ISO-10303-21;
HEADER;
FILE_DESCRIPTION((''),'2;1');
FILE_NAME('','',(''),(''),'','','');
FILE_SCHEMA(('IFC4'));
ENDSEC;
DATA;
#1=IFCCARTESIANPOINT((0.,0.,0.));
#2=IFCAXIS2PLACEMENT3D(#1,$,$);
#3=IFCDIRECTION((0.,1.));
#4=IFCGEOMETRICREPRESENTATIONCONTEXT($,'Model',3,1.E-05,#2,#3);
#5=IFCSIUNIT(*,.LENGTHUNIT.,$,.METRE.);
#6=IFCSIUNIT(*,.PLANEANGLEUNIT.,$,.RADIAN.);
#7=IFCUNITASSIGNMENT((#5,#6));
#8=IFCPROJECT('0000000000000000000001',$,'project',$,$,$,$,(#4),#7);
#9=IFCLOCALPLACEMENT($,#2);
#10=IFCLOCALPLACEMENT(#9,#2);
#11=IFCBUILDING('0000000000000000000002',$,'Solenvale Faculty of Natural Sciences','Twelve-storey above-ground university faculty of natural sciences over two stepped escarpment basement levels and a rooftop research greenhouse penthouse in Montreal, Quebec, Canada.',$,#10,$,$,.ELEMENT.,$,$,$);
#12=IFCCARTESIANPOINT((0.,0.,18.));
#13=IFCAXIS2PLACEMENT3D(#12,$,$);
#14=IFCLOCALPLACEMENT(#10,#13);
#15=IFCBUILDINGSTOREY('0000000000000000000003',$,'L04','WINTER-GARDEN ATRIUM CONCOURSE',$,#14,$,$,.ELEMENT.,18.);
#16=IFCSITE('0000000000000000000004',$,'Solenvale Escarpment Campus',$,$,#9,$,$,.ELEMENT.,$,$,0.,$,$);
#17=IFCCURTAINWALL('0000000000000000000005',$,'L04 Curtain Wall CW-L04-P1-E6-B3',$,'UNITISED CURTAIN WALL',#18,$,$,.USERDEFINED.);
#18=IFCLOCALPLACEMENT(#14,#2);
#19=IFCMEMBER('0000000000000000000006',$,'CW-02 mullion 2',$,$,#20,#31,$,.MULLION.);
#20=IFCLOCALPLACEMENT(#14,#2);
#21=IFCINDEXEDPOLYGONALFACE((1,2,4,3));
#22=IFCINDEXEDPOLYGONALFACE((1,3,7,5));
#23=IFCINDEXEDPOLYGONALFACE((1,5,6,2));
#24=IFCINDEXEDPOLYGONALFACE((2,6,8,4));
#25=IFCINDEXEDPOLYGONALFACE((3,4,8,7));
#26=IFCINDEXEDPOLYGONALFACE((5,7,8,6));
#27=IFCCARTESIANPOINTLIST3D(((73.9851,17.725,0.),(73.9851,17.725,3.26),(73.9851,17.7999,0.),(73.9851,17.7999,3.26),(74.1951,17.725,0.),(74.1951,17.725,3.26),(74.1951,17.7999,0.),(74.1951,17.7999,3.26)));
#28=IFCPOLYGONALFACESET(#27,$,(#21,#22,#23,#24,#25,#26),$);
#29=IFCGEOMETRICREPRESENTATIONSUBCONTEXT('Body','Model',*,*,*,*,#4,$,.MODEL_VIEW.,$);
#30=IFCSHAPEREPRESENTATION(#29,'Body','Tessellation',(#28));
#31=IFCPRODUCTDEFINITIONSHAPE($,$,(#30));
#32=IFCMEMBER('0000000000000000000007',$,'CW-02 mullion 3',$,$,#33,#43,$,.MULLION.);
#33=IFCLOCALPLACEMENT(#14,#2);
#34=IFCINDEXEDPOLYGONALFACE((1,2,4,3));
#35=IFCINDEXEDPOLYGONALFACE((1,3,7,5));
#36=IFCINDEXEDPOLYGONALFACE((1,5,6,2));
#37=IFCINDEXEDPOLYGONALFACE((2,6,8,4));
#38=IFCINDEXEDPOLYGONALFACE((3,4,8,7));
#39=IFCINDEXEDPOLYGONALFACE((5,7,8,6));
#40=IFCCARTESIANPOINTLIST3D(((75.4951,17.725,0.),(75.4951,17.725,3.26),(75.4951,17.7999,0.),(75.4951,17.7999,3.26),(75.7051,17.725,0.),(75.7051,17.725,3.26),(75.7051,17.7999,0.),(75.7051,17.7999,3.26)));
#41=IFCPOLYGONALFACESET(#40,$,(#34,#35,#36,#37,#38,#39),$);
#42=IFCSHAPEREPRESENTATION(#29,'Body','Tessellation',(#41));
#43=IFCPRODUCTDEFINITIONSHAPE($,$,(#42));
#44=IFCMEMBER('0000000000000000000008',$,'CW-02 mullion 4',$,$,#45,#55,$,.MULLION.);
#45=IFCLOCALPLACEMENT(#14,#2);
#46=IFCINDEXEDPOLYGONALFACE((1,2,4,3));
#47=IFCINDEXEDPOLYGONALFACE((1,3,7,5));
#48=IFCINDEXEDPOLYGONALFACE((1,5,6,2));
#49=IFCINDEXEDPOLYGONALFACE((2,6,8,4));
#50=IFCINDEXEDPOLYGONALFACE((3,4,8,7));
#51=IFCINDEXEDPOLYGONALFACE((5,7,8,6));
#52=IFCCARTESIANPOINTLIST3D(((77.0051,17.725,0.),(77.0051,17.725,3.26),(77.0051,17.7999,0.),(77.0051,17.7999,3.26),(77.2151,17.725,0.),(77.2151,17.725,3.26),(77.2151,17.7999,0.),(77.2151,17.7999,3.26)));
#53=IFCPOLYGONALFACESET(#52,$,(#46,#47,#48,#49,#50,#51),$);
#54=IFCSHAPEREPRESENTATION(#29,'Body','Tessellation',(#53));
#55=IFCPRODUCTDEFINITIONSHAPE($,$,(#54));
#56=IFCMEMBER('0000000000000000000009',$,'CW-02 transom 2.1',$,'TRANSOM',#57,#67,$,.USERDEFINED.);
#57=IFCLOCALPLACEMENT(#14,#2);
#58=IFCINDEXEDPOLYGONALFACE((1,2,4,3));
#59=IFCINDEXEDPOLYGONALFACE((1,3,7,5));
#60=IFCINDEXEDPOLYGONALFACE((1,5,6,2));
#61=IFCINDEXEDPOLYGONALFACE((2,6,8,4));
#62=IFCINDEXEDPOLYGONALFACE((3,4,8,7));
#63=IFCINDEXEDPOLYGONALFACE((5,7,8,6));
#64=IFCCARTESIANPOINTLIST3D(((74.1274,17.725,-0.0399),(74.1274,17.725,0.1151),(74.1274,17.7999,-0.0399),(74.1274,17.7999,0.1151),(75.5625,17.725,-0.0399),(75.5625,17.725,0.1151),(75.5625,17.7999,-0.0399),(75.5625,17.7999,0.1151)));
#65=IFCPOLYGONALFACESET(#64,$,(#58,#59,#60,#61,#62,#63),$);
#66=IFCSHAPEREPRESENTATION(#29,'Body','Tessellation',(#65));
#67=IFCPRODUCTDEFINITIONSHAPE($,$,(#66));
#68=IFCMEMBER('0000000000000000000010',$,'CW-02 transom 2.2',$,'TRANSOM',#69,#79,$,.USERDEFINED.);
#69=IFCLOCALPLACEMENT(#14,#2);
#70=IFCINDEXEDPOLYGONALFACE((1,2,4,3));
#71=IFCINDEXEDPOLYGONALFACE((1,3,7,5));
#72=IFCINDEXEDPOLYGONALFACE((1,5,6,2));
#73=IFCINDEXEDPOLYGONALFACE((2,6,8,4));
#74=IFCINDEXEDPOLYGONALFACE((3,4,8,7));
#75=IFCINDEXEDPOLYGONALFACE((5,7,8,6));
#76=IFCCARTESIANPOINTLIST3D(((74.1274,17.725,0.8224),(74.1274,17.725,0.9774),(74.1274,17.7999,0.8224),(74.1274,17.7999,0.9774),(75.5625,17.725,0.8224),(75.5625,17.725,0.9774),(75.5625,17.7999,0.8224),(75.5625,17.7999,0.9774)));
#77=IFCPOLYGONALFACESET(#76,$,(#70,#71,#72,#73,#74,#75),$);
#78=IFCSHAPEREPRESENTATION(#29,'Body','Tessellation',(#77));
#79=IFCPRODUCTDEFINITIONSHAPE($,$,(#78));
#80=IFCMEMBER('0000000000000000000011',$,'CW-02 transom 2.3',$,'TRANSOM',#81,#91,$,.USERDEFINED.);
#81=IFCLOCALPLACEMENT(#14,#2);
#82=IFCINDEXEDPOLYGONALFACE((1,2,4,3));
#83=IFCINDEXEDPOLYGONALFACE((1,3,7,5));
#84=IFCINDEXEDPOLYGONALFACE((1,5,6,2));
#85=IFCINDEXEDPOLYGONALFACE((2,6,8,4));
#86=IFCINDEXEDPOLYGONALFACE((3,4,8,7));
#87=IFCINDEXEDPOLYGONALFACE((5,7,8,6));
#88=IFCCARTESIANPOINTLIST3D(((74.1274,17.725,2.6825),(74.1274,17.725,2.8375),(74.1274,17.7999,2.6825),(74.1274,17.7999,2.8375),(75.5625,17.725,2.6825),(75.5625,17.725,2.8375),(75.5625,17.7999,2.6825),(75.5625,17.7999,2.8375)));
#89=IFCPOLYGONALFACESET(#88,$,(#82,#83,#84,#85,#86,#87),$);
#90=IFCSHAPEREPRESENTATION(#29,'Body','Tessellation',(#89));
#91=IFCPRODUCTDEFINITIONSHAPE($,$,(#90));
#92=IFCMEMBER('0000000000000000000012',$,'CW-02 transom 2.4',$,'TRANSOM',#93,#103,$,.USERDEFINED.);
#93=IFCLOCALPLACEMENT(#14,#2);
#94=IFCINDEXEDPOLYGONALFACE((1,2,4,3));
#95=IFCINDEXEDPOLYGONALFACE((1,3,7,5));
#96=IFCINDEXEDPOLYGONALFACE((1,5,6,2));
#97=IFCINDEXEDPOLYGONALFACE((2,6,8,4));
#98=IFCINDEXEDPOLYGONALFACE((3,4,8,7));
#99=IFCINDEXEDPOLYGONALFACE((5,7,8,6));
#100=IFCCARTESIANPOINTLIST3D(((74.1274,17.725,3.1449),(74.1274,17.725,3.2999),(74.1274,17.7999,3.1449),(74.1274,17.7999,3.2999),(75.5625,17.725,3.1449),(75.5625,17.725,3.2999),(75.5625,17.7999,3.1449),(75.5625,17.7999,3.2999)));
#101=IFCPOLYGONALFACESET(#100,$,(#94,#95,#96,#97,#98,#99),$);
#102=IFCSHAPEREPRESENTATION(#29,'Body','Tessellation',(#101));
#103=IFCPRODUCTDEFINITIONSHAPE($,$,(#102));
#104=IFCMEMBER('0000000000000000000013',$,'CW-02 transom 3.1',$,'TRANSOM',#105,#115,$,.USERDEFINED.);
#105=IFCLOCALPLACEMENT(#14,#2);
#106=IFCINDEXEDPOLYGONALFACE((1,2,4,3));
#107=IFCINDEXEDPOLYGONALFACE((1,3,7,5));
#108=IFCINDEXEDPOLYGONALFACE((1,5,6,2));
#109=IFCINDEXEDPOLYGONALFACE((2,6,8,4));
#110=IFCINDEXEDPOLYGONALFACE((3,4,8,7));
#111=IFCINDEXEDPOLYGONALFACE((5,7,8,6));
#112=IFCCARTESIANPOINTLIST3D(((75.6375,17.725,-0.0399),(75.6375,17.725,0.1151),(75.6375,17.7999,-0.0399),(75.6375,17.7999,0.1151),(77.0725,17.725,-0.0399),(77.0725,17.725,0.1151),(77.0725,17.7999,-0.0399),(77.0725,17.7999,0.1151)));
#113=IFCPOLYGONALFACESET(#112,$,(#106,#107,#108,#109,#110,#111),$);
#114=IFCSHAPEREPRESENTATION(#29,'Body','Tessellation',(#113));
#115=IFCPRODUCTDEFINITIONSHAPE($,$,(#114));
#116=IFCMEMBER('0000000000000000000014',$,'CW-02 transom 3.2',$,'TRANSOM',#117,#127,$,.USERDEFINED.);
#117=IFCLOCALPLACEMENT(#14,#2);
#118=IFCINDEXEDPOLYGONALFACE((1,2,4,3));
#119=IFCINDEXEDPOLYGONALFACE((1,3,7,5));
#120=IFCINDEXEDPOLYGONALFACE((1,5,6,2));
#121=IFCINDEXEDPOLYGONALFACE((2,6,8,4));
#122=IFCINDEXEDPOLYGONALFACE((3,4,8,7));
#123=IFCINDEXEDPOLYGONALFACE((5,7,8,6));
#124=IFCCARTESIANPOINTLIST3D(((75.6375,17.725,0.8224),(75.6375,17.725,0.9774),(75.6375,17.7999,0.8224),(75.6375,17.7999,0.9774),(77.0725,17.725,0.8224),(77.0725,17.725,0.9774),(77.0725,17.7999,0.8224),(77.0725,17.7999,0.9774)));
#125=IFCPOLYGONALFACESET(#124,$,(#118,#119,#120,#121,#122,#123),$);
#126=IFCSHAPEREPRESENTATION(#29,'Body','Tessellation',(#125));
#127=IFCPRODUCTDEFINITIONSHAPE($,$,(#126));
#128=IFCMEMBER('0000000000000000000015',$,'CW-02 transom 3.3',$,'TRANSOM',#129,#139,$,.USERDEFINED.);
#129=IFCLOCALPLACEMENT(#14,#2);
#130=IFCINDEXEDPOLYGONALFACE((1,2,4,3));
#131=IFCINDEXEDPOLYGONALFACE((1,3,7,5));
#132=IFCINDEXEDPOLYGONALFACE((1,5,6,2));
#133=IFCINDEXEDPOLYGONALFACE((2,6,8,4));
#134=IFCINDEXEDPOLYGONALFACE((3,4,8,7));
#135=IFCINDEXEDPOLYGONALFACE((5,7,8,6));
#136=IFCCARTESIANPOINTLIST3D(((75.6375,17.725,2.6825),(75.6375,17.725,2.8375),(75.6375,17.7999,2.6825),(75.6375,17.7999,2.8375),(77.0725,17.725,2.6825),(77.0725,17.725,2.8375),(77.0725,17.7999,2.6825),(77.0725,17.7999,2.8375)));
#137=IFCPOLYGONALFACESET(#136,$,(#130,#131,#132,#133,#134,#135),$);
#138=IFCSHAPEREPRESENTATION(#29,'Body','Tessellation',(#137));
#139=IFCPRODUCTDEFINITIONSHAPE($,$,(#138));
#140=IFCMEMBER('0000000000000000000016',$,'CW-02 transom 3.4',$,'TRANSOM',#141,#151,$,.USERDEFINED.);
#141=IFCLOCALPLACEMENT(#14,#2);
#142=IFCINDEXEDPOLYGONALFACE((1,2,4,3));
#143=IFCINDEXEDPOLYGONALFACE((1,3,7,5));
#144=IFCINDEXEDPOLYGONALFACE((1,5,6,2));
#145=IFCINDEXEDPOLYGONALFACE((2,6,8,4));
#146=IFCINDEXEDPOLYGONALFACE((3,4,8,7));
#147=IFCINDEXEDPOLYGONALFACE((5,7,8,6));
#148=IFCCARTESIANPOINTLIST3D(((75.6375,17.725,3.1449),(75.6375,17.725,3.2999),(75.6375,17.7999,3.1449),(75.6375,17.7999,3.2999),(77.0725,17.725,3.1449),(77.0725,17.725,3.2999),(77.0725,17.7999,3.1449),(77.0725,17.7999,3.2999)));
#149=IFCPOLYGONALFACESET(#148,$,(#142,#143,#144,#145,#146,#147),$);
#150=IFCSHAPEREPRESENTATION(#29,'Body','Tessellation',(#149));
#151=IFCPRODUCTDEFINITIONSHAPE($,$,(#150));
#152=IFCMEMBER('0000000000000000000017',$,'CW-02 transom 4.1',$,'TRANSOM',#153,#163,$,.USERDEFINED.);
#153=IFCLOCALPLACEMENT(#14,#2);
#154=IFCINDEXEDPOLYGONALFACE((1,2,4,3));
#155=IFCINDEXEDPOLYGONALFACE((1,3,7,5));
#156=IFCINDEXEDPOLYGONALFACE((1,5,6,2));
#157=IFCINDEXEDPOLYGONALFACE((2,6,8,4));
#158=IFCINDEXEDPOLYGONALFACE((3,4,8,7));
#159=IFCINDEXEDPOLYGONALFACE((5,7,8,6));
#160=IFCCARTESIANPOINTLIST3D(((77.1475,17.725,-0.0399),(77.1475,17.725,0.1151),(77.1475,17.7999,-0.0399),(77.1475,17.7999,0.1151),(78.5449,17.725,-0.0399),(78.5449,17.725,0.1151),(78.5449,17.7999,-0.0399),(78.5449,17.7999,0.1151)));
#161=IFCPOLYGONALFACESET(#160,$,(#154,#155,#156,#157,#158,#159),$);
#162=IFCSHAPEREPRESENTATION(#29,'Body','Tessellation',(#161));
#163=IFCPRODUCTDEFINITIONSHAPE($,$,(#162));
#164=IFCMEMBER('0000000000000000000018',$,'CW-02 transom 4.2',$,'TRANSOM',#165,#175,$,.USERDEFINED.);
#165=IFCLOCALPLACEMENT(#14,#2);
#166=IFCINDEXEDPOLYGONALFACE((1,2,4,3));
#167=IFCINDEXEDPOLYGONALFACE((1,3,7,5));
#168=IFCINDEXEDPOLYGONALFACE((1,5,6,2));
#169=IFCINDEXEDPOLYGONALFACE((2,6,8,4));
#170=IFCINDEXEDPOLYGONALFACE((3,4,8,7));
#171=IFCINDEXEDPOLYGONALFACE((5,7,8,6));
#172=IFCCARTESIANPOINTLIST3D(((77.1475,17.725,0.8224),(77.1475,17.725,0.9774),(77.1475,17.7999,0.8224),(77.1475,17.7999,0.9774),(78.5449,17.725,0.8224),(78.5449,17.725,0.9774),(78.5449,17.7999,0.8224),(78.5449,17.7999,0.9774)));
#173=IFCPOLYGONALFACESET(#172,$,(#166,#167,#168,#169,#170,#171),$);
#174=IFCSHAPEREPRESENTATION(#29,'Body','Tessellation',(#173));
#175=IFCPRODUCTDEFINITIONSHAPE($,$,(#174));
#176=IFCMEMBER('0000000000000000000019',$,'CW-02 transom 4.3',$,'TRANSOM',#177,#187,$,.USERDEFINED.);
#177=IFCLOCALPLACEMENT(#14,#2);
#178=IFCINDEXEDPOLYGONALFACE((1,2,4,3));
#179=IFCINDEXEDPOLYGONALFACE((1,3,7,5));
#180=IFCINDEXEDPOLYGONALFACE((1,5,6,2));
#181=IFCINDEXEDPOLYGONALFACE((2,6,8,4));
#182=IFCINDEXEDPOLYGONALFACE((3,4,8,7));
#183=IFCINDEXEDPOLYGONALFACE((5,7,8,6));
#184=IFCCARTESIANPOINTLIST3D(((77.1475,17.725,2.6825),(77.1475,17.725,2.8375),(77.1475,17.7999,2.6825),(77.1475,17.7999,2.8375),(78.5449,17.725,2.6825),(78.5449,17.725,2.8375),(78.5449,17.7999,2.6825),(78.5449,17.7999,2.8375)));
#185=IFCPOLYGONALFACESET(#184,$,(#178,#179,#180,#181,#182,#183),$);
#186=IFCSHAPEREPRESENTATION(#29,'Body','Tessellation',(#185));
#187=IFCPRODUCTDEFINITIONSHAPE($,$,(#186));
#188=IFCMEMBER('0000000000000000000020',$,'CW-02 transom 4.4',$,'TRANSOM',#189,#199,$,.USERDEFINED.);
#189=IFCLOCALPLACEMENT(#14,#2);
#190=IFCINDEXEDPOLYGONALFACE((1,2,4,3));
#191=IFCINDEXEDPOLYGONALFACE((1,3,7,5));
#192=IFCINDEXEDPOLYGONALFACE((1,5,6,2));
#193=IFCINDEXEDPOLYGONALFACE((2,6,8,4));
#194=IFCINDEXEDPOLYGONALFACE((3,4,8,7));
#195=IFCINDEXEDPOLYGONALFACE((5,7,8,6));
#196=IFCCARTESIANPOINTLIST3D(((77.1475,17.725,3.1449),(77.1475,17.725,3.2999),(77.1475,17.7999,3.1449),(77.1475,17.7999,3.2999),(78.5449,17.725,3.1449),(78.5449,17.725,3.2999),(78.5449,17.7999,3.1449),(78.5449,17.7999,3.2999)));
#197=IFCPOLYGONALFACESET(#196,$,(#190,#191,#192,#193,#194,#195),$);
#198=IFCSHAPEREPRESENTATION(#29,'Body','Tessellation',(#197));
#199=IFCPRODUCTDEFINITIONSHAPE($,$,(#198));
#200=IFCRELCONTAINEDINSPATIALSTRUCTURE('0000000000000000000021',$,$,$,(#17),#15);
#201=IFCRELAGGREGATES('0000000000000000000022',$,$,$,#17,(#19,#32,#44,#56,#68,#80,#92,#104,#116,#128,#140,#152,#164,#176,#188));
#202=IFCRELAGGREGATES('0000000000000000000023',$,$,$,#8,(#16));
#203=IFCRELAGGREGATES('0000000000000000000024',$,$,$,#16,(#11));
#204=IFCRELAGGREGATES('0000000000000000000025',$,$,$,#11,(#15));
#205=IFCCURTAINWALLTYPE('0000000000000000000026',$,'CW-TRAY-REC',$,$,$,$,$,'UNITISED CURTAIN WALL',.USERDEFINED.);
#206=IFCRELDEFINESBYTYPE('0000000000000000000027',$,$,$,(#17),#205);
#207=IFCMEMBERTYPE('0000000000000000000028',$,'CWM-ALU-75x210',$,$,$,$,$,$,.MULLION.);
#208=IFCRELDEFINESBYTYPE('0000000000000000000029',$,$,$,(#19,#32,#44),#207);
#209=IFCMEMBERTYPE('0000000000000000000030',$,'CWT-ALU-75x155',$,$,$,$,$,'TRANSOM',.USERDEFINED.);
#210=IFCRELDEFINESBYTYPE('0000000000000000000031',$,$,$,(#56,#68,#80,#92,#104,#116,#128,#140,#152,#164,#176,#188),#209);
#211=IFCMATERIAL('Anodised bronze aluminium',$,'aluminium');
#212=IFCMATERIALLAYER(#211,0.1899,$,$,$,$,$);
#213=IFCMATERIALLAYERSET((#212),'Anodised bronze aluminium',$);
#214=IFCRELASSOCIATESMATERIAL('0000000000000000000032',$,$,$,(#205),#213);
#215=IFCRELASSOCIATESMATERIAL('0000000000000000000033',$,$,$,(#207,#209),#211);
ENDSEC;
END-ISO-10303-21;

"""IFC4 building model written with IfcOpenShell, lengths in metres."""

from ifc_helpers import new_model, si_unit, direction, frame, origin, origin_2d, place, context, subcontext, project, spatial, rectangle, extrude, material, layer, layer_set, material_profile, profile_set, type_object, element, aggregate, save


model = new_model("IFC4")

# Units and contexts
model_context = context("Model", 3, precision=1e-05, world=origin(), true_north=direction((0.0, 1.0)))
body_context = subcontext(model_context, "Body", "Model", "MODEL_VIEW")
ifc_project = project(units=[si_unit("LENGTHUNIT", "METRE"), si_unit("PLANEANGLEUNIT", "RADIAN")], contexts=[model_context])

# Site, building, storey
site_placement = place(None, origin())
site = spatial("IfcSite", under=ifc_project, at=site_placement, Name="Solenvale Escarpment Campus", CompositionType="ELEMENT", RefElevation=0.0)
building_placement = place(site_placement, origin())
building = spatial("IfcBuilding", under=site, at=building_placement, Name="Solenvale Faculty of Natural Sciences", Description="Twelve-storey above-ground university faculty of natural sciences over two stepped escarpment basement levels and a rooftop research greenhouse penthouse in Montreal, Quebec, Canada.", CompositionType="ELEMENT")
storey_placement = place(building_placement, frame((0.0, 0.0, 18.0)))
storey = spatial("IfcBuildingStorey", under=building, at=storey_placement, Name="L04", Description="WINTER-GARDEN ATRIUM CONCOURSE", CompositionType="ELEMENT", Elevation=18.0)

# Curtain wall, members
ifc_material = material(Name="Anodised bronze aluminium", Category="aluminium")
ifc_layer_1 = layer(ifc_material, 0.1899)
ifc_layer_set_1 = layer_set([ifc_layer_1], Name="Anodised bronze aluminium")
curtain_wall_type = type_object("IfcCurtainWallType", Name="CW-TRAY-REC", ElementType="UNITISED CURTAIN WALL", PredefinedType="USERDEFINED", material=ifc_layer_set_1)
curtain_wall_placement = place(storey_placement, origin())
curtain_wall = element("IfcCurtainWall", 1, at=curtain_wall_placement, inside=storey, type_object=curtain_wall_type, Name="L04 Curtain Wall CW-L04-P1-E6-B3", ObjectType="UNITISED CURTAIN WALL", PredefinedType="USERDEFINED")
ifc_material_profile_1 = material_profile(ifc_material, rectangle(XDim=0.075, YDim=0.21, at=origin_2d()), Name="ALU-MUL-75x210")
ifc_profile_set_1 = profile_set([ifc_material_profile_1], Name="Anodised bronze aluminium")
member_type_1 = type_object("IfcMemberType", Name="CWM-ALU-75x210", PredefinedType="MULLION", material=ifc_profile_set_1)
member_1_placement = place(storey_placement, frame((74.0901, 17.7625, 0.0), z_axis=(0.0, 0.0, 1.0), x_axis=(0.0, 1.0, 0.0)))
member_1 = element("IfcMember", 2, at=member_1_placement, type_object=member_type_1, Name="CW-02 mullion 2", PredefinedType="MULLION", context=body_context, shape_type="SweptSolid", body=[
    extrude(rectangle(XDim=0.075, YDim=0.21, at=origin_2d()), origin(), (0.0, 0.0, 1.0), 3.26),
])
member_2_placement = place(storey_placement, frame((75.6001, 17.7625, 0.0), z_axis=(0.0, 0.0, 1.0), x_axis=(0.0, 1.0, 0.0)))
member_2 = element("IfcMember", 3, at=member_2_placement, type_object=member_type_1, Name="CW-02 mullion 3", PredefinedType="MULLION", context=body_context, shape_type="SweptSolid", body=[
    extrude(rectangle(XDim=0.075, YDim=0.21, at=origin_2d()), origin(), (0.0, 0.0, 1.0), 3.26),
])
member_3_placement = place(storey_placement, frame((77.1101, 17.7625, 0.0), z_axis=(0.0, 0.0, 1.0), x_axis=(0.0, 1.0, 0.0)))
member_3 = element("IfcMember", 4, at=member_3_placement, type_object=member_type_1, Name="CW-02 mullion 4", PredefinedType="MULLION", context=body_context, shape_type="SweptSolid", body=[
    extrude(rectangle(XDim=0.075, YDim=0.21, at=origin_2d()), origin(), (0.0, 0.0, 1.0), 3.26),
])
ifc_material_profile_2 = material_profile(ifc_material, rectangle(XDim=0.075, YDim=0.155, at=origin_2d()), Name="ALU-TRN-75x155")
ifc_profile_set_2 = profile_set([ifc_material_profile_2], Name="Anodised bronze aluminium")
member_type_2 = type_object("IfcMemberType", Name="CWT-ALU-75x155", ElementType="TRANSOM", PredefinedType="USERDEFINED", material=ifc_profile_set_2)
member_4_placement = place(storey_placement, frame((74.1274, 17.7625, 0.0376), z_axis=(1.0, 0.0, 0.0), x_axis=(0.0, 1.0, 0.0)))
member_4 = element("IfcMember", 5, at=member_4_placement, type_object=member_type_2, Name="CW-02 transom 2.1", ObjectType="TRANSOM", PredefinedType="USERDEFINED", context=body_context, shape_type="SweptSolid", body=[
    extrude(rectangle(XDim=0.075, YDim=0.155, at=origin_2d()), origin(), (0.0, 0.0, 1.0), 1.4351),
])
member_5_placement = place(storey_placement, frame((74.1274, 17.7625, 0.8999), z_axis=(1.0, 0.0, 0.0), x_axis=(0.0, 1.0, 0.0)))
member_5 = element("IfcMember", 6, at=member_5_placement, type_object=member_type_2, Name="CW-02 transom 2.2", ObjectType="TRANSOM", PredefinedType="USERDEFINED", context=body_context, shape_type="SweptSolid", body=[
    extrude(rectangle(XDim=0.075, YDim=0.155, at=origin_2d()), origin(), (0.0, 0.0, 1.0), 1.4351),
])
member_6_placement = place(storey_placement, frame((74.1274, 17.7625, 2.76), z_axis=(1.0, 0.0, 0.0), x_axis=(0.0, 1.0, 0.0)))
member_6 = element("IfcMember", 7, at=member_6_placement, type_object=member_type_2, Name="CW-02 transom 2.3", ObjectType="TRANSOM", PredefinedType="USERDEFINED", context=body_context, shape_type="SweptSolid", body=[
    extrude(rectangle(XDim=0.075, YDim=0.155, at=origin_2d()), origin(), (0.0, 0.0, 1.0), 1.4351),
])
member_7_placement = place(storey_placement, frame((74.1274, 17.7625, 3.2224), z_axis=(1.0, 0.0, 0.0), x_axis=(0.0, 1.0, 0.0)))
member_7 = element("IfcMember", 8, at=member_7_placement, type_object=member_type_2, Name="CW-02 transom 2.4", ObjectType="TRANSOM", PredefinedType="USERDEFINED", context=body_context, shape_type="SweptSolid", body=[
    extrude(rectangle(XDim=0.075, YDim=0.155, at=origin_2d()), origin(), (0.0, 0.0, 1.0), 1.4351),
])
member_8_placement = place(storey_placement, frame((75.6375, 17.7625, 0.0376), z_axis=(1.0, 0.0, 0.0), x_axis=(0.0, 1.0, 0.0)))
member_8 = element("IfcMember", 9, at=member_8_placement, type_object=member_type_2, Name="CW-02 transom 3.1", ObjectType="TRANSOM", PredefinedType="USERDEFINED", context=body_context, shape_type="SweptSolid", body=[
    extrude(rectangle(XDim=0.075, YDim=0.155, at=origin_2d()), origin(), (0.0, 0.0, 1.0), 1.4351),
])
member_9_placement = place(storey_placement, frame((75.6375, 17.7625, 0.8999), z_axis=(1.0, 0.0, 0.0), x_axis=(0.0, 1.0, 0.0)))
member_9 = element("IfcMember", 10, at=member_9_placement, type_object=member_type_2, Name="CW-02 transom 3.2", ObjectType="TRANSOM", PredefinedType="USERDEFINED", context=body_context, shape_type="SweptSolid", body=[
    extrude(rectangle(XDim=0.075, YDim=0.155, at=origin_2d()), origin(), (0.0, 0.0, 1.0), 1.4351),
])
member_10_placement = place(storey_placement, frame((75.6375, 17.7625, 2.76), z_axis=(1.0, 0.0, 0.0), x_axis=(0.0, 1.0, 0.0)))
member_10 = element("IfcMember", 11, at=member_10_placement, type_object=member_type_2, Name="CW-02 transom 3.3", ObjectType="TRANSOM", PredefinedType="USERDEFINED", context=body_context, shape_type="SweptSolid", body=[
    extrude(rectangle(XDim=0.075, YDim=0.155, at=origin_2d()), origin(), (0.0, 0.0, 1.0), 1.4351),
])
member_11_placement = place(storey_placement, frame((75.6375, 17.7625, 3.2224), z_axis=(1.0, 0.0, 0.0), x_axis=(0.0, 1.0, 0.0)))
member_11 = element("IfcMember", 12, at=member_11_placement, type_object=member_type_2, Name="CW-02 transom 3.4", ObjectType="TRANSOM", PredefinedType="USERDEFINED", context=body_context, shape_type="SweptSolid", body=[
    extrude(rectangle(XDim=0.075, YDim=0.155, at=origin_2d()), origin(), (0.0, 0.0, 1.0), 1.4351),
])
member_12_placement = place(storey_placement, frame((77.1475, 17.7625, 0.0376), z_axis=(1.0, 0.0, 0.0), x_axis=(0.0, 1.0, 0.0)))
member_12 = element("IfcMember", 13, at=member_12_placement, type_object=member_type_2, Name="CW-02 transom 4.1", ObjectType="TRANSOM", PredefinedType="USERDEFINED", context=body_context, shape_type="SweptSolid", body=[
    extrude(rectangle(XDim=0.075, YDim=0.155, at=origin_2d()), origin(), (0.0, 0.0, 1.0), 1.3975),
])
member_13_placement = place(storey_placement, frame((77.1475, 17.7625, 0.8999), z_axis=(1.0, 0.0, 0.0), x_axis=(0.0, 1.0, 0.0)))
member_13 = element("IfcMember", 14, at=member_13_placement, type_object=member_type_2, Name="CW-02 transom 4.2", ObjectType="TRANSOM", PredefinedType="USERDEFINED", context=body_context, shape_type="SweptSolid", body=[
    extrude(rectangle(XDim=0.075, YDim=0.155, at=origin_2d()), origin(), (0.0, 0.0, 1.0), 1.3975),
])
member_14_placement = place(storey_placement, frame((77.1475, 17.7625, 2.76), z_axis=(1.0, 0.0, 0.0), x_axis=(0.0, 1.0, 0.0)))
member_14 = element("IfcMember", 15, at=member_14_placement, type_object=member_type_2, Name="CW-02 transom 4.3", ObjectType="TRANSOM", PredefinedType="USERDEFINED", context=body_context, shape_type="SweptSolid", body=[
    extrude(rectangle(XDim=0.075, YDim=0.155, at=origin_2d()), origin(), (0.0, 0.0, 1.0), 1.3975),
])
member_15_placement = place(storey_placement, frame((77.1475, 17.7625, 3.2224), z_axis=(1.0, 0.0, 0.0), x_axis=(0.0, 1.0, 0.0)))
member_15 = element("IfcMember", 16, at=member_15_placement, type_object=member_type_2, Name="CW-02 transom 4.4", ObjectType="TRANSOM", PredefinedType="USERDEFINED", context=body_context, shape_type="SweptSolid", body=[
    extrude(rectangle(XDim=0.075, YDim=0.155, at=origin_2d()), origin(), (0.0, 0.0, 1.0), 1.3975),
])
aggregate(curtain_wall, [member_1, member_2, member_3, member_4, member_5, member_6, member_7, member_8, member_9, member_10, member_11, member_12, member_13, member_14, member_15])

save(model, "model.ifc")
